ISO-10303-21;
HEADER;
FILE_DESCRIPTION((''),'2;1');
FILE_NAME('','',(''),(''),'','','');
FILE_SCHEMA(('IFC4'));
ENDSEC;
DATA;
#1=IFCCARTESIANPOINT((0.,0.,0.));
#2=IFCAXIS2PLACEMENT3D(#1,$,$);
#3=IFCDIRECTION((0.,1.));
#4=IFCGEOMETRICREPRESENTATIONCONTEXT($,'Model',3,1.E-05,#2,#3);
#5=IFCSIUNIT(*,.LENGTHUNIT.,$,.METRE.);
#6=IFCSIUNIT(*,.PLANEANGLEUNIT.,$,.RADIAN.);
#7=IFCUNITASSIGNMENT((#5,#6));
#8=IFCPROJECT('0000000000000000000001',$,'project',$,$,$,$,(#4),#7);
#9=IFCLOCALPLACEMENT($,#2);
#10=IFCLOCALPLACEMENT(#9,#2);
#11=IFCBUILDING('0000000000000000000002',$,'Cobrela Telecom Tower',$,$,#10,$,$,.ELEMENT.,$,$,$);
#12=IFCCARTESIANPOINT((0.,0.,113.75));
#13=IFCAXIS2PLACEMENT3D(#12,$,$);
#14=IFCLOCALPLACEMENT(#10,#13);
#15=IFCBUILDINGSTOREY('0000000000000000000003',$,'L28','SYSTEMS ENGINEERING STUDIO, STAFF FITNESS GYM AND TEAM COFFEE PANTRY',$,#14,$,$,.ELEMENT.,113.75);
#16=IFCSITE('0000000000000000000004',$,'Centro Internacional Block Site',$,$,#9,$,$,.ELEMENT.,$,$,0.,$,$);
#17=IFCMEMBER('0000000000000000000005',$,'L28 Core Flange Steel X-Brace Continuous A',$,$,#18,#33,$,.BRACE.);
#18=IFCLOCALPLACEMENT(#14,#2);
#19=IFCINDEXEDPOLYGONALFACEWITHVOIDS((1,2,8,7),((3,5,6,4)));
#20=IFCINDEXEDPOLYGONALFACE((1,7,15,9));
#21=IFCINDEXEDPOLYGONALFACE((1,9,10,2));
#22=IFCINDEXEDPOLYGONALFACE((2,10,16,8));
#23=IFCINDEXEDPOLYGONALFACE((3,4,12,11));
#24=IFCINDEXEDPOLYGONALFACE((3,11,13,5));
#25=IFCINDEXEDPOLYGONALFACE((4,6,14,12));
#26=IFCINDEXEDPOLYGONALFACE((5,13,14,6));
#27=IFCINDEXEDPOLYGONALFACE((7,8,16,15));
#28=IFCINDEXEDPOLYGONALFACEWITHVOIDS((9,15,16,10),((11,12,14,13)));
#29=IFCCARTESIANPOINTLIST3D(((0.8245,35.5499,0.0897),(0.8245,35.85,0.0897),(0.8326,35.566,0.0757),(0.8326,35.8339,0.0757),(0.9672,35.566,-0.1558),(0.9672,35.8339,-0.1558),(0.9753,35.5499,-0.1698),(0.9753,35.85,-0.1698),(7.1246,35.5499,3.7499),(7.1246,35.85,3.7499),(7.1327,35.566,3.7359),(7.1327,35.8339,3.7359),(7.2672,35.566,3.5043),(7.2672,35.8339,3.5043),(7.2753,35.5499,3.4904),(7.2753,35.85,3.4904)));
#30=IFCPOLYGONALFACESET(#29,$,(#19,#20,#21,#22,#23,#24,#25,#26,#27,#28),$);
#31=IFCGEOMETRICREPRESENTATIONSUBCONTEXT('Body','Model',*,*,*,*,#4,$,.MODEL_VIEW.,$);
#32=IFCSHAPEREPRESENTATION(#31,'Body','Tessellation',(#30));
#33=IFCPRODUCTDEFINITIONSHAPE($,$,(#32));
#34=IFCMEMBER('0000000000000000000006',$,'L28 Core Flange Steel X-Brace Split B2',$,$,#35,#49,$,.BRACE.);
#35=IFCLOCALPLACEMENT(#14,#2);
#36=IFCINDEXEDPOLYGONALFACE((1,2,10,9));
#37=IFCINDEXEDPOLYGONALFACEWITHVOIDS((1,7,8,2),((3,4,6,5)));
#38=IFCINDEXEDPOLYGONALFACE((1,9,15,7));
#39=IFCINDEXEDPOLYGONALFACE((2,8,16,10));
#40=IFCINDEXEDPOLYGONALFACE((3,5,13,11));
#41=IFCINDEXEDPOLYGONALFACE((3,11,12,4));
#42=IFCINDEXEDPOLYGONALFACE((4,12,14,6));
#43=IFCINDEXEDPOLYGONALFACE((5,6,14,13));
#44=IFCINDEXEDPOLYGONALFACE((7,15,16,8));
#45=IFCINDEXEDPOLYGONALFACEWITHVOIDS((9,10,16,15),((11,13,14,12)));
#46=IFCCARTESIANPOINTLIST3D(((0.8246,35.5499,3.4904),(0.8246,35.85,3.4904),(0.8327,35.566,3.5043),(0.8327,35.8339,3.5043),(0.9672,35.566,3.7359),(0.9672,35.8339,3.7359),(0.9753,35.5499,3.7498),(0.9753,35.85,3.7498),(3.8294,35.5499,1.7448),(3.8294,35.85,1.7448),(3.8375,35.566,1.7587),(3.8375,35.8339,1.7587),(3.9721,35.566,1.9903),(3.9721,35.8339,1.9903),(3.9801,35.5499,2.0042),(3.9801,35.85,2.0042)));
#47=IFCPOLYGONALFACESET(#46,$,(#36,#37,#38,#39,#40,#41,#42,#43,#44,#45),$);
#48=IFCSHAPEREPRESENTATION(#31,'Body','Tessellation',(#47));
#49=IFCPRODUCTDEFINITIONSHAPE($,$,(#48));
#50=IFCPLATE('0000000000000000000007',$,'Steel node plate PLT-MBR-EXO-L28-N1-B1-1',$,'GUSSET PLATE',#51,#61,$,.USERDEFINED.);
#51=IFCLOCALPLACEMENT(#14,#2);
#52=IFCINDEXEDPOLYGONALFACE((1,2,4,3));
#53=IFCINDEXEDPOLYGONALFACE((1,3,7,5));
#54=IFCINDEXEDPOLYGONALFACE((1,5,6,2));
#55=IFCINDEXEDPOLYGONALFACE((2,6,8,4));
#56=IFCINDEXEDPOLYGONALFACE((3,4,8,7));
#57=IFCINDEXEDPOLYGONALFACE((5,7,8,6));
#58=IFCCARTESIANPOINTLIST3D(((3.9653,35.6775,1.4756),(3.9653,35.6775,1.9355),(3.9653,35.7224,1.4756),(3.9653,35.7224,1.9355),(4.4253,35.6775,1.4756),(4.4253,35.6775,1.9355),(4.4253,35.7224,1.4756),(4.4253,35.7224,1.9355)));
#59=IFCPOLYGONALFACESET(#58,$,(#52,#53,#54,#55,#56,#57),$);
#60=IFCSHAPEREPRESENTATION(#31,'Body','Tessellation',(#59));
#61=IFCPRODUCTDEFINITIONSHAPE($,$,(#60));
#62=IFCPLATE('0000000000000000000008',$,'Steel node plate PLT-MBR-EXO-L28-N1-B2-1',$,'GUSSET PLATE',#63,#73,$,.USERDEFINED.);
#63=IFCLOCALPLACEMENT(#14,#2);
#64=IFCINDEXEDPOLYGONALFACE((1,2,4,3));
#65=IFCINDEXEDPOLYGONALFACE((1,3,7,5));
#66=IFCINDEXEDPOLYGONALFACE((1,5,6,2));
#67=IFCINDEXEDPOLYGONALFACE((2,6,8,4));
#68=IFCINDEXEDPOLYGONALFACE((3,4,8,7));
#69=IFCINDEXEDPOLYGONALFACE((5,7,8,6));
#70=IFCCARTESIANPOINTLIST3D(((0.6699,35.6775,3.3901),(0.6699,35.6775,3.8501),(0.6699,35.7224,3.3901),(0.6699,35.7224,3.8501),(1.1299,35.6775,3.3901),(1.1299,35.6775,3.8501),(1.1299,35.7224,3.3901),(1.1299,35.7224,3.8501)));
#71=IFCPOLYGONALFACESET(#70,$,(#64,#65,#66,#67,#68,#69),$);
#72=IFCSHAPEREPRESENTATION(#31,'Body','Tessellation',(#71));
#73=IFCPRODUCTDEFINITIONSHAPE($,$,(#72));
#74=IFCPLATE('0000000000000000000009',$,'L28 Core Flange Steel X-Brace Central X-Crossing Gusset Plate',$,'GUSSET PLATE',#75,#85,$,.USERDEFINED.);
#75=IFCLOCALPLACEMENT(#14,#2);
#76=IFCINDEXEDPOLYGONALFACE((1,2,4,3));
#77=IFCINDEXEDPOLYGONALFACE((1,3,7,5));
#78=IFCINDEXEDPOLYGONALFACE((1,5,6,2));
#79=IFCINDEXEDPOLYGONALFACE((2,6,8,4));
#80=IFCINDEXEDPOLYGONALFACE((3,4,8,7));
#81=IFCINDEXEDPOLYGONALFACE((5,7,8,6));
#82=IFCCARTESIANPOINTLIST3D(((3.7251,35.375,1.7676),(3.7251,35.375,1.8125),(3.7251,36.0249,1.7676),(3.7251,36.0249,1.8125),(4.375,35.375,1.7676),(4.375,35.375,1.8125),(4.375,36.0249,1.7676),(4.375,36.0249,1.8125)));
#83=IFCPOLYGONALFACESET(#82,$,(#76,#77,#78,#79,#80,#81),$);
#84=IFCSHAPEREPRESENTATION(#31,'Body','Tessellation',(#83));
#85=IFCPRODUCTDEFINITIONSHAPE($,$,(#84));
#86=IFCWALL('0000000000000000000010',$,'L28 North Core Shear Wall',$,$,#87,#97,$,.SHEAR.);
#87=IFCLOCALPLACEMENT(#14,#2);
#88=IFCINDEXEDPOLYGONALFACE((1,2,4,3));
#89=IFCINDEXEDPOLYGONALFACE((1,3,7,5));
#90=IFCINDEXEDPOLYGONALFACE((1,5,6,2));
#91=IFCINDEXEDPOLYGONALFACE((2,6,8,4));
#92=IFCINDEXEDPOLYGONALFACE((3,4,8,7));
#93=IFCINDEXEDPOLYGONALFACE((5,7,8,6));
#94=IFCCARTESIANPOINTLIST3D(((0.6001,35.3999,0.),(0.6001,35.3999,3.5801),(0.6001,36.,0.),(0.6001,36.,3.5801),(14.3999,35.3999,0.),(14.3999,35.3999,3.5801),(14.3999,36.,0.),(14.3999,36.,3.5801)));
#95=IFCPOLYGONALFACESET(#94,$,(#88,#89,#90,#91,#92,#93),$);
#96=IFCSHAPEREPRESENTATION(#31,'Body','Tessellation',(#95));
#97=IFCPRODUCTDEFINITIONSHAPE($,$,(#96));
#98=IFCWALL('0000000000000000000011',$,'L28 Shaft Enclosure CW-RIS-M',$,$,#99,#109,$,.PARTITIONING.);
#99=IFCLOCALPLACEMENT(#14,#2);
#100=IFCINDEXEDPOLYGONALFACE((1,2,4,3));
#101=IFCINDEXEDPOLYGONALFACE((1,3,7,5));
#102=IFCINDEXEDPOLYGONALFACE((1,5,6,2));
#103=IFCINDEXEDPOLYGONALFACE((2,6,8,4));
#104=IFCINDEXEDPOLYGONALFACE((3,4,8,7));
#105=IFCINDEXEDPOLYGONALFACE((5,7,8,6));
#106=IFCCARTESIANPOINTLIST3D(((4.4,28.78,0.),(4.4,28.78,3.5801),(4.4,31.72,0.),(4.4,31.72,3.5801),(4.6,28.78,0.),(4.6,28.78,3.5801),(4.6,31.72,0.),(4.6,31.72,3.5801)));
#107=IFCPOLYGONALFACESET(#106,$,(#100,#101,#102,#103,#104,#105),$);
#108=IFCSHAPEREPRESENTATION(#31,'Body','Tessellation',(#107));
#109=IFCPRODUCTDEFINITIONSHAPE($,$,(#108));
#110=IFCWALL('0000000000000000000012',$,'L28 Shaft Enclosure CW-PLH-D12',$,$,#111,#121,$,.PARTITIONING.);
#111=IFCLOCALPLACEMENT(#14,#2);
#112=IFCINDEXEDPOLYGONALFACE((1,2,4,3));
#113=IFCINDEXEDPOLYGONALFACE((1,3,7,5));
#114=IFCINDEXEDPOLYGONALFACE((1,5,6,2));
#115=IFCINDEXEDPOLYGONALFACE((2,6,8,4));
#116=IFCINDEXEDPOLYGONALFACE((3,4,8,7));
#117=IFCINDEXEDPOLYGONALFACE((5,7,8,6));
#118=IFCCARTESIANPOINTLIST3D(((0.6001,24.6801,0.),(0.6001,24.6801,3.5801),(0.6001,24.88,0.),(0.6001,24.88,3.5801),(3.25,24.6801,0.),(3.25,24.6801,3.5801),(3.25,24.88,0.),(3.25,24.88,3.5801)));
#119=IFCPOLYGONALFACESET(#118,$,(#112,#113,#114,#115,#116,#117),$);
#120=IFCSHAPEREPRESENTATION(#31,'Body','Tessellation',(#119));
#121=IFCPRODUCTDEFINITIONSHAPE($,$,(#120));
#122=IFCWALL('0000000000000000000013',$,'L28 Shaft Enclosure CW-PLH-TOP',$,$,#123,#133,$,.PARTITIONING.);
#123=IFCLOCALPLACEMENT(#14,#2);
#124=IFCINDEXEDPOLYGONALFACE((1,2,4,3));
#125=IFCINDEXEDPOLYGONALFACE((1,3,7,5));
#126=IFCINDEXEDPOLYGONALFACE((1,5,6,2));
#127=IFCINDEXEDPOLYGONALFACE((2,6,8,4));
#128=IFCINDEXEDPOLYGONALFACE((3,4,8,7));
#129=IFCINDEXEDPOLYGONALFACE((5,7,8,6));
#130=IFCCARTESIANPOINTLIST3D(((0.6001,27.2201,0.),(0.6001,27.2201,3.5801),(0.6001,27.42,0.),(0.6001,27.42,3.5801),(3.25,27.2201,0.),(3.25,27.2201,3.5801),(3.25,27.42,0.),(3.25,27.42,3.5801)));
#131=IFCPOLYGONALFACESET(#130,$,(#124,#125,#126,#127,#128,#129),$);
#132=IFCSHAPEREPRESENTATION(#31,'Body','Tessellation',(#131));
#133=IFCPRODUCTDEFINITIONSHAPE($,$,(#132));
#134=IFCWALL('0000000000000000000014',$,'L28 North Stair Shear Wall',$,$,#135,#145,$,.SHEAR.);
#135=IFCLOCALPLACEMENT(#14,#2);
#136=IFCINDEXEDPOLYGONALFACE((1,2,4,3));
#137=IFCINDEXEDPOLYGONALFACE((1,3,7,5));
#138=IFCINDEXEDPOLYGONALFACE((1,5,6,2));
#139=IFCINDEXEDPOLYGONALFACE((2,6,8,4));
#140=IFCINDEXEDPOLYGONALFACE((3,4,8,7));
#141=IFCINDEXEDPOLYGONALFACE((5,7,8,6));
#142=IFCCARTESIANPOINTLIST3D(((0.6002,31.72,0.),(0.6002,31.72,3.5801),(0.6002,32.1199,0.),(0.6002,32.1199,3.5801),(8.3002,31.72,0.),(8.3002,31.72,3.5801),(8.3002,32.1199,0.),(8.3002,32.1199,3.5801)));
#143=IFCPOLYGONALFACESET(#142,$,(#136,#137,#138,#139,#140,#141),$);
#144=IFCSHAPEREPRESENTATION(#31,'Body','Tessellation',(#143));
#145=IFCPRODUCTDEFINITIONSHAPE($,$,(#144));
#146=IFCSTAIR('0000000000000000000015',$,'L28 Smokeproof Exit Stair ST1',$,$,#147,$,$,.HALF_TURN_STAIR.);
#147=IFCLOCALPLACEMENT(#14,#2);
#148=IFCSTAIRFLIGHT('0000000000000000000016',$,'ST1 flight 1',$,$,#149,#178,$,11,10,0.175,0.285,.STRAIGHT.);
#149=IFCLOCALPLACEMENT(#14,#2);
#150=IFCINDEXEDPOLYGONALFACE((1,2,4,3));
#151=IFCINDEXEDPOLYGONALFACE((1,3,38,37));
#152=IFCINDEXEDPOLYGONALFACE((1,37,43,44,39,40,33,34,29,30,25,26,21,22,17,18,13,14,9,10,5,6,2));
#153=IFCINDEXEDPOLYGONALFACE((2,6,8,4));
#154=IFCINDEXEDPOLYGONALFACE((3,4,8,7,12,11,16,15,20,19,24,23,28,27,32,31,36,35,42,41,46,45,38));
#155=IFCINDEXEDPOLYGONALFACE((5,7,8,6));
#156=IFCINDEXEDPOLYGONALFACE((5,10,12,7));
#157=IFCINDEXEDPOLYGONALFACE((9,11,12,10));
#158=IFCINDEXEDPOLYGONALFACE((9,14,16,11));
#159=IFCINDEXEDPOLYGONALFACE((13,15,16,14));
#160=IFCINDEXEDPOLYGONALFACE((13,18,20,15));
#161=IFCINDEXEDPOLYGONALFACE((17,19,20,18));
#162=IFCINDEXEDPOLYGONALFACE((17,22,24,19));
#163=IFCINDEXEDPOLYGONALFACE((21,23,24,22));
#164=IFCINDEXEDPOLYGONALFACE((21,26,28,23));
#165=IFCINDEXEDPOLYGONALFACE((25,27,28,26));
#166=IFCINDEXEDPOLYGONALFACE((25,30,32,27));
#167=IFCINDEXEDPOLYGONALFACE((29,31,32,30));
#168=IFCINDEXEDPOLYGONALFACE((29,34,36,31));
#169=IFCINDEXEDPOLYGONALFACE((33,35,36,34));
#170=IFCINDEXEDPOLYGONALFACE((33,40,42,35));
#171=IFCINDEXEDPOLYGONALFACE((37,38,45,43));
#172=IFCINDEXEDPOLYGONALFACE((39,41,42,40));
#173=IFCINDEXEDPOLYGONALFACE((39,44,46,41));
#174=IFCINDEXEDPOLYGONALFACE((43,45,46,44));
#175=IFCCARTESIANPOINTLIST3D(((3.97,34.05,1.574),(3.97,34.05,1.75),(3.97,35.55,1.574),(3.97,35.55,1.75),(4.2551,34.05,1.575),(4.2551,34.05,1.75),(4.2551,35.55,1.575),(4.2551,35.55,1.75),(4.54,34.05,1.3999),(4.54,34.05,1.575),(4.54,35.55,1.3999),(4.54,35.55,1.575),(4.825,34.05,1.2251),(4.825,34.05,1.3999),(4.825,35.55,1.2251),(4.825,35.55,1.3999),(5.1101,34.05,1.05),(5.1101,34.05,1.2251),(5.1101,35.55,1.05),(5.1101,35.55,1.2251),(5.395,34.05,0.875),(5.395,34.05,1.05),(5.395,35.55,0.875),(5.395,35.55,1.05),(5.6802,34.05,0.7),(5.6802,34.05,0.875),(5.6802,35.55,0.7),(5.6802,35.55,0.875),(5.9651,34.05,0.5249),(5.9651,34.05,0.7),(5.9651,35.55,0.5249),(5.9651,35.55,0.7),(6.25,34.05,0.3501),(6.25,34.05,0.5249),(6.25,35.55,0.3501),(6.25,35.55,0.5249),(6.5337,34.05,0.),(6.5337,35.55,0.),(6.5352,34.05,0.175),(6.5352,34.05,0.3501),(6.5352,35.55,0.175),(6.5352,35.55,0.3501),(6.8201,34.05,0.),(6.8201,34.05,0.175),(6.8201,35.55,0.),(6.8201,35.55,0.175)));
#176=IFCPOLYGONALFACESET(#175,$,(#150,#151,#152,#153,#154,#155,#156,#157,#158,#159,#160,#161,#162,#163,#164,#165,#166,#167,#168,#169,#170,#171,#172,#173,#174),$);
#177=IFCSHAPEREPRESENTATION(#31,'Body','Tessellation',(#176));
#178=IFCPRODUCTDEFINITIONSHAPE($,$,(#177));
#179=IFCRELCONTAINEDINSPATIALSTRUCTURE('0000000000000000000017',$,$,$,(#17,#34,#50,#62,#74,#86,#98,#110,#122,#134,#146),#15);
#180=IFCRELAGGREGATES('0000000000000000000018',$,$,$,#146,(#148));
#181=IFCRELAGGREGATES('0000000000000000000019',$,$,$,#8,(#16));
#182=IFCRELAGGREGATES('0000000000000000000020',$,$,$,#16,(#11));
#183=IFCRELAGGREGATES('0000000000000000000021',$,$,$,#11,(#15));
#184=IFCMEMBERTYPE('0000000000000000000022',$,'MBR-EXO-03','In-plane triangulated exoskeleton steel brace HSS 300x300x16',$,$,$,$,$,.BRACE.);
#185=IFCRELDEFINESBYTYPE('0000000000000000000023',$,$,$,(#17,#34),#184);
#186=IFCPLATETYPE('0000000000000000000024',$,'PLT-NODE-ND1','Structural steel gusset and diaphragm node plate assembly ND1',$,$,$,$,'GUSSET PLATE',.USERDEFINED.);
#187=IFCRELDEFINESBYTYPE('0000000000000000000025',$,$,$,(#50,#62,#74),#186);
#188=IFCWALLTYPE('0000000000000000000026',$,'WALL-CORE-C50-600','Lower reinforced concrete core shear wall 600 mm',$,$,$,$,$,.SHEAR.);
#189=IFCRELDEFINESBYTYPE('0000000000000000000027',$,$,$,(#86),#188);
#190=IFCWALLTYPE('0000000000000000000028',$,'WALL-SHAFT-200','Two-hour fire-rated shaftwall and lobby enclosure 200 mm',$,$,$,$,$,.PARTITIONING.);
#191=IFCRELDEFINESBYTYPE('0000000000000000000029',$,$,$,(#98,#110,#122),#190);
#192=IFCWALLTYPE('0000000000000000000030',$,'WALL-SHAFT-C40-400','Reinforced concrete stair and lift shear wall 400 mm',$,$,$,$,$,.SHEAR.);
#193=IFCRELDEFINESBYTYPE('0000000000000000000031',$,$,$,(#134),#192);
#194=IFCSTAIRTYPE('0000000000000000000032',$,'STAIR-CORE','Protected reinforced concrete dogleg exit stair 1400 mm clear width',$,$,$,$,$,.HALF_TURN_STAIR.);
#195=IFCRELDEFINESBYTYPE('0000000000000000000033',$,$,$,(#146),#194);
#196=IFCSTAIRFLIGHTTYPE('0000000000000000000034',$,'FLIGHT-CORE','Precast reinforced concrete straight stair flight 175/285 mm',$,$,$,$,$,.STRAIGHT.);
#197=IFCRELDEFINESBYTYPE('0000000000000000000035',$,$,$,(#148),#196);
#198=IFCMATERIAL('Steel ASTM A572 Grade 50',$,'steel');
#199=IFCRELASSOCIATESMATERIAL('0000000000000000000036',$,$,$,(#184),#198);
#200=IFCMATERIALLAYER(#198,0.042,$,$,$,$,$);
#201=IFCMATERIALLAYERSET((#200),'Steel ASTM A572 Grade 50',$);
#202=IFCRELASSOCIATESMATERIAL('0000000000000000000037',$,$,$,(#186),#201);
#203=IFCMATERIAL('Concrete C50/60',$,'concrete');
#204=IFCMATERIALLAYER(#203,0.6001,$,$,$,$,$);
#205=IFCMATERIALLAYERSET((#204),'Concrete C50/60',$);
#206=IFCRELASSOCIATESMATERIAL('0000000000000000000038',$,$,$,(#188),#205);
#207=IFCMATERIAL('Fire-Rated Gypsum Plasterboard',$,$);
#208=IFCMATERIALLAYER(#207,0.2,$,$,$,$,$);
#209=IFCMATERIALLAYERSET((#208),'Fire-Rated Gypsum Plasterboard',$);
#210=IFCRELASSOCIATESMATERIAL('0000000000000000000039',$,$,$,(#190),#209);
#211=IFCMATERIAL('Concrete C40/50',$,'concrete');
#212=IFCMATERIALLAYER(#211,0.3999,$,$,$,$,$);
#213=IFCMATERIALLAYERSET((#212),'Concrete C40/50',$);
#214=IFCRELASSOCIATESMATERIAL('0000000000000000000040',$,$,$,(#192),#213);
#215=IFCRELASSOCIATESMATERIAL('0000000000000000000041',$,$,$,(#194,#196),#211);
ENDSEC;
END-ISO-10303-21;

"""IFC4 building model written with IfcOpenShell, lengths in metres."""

from ifc_helpers import new_model, si_unit, direction, frame, frame_2d, origin, origin_2d, place, context, subcontext, project, spatial, polyline, rectangle, hollow_rectangle, outline, extrude, material, layer, layer_set, material_profile, profile_set, type_object, element, aggregate, save


model = new_model("IFC4")

# Units and contexts
model_context = context("Model", 3, precision=1e-05, world=origin(), true_north=direction((0.0, 1.0)))
body_context = subcontext(model_context, "Body", "Model", "MODEL_VIEW")
ifc_project = project(units=[si_unit("LENGTHUNIT", "METRE"), si_unit("PLANEANGLEUNIT", "RADIAN")], contexts=[model_context])

# Site, building, storey
site_placement = place(None, origin())
site = spatial("IfcSite", under=ifc_project, at=site_placement, Name="Centro Internacional Block Site", CompositionType="ELEMENT", RefElevation=0.0)
building_placement = place(site_placement, origin())
building = spatial("IfcBuilding", under=site, at=building_placement, Name="Cobrela Telecom Tower", CompositionType="ELEMENT")
storey_placement = place(building_placement, frame((0.0, 0.0, 113.75)))
storey = spatial("IfcBuildingStorey", under=building, at=storey_placement, Name="L28", Description="SYSTEMS ENGINEERING STUDIO, STAFF FITNESS GYM AND TEAM COFFEE PANTRY", CompositionType="ELEMENT", Elevation=113.75)

# Members
ifc_material_1 = material(Name="Steel ASTM A572 Grade 50", Category="steel")
ifc_material_profile = material_profile(ifc_material_1, hollow_rectangle(XDim=0.3, YDim=0.3, WallThickness=0.0161, at=origin_2d()), Name="HSS 300x300x16")
ifc_profile_set = profile_set([ifc_material_profile], Name="Steel ASTM A572 Grade 50")
member_type = type_object("IfcMemberType", Name="MBR-EXO-03", Description="In-plane triangulated exoskeleton steel brace HSS 300x300x16", PredefinedType="BRACE", material=ifc_profile_set)
member_1_placement = place(storey_placement, frame((0.8999, 35.7, -0.04), z_axis=(0.864666, 0.0, 0.502347), x_axis=(0.0, 1.0, 0.0)))
element("IfcMember", 1, at=member_1_placement, inside=storey, type_object=member_type, Name="L28 Core Flange Steel X-Brace Continuous A", PredefinedType="BRACE", context=body_context, shape_type="SweptSolid", body=[
    extrude(hollow_rectangle(XDim=0.3, YDim=0.3, WallThickness=0.0161, at=origin_2d()), origin(), (0.0, 0.0, 1.0), 7.2861),
])
member_2_placement = place(storey_placement, frame((3.9048, 35.7, 1.8745), z_axis=(-0.864685, 0.0, 0.502315), x_axis=(0.0, -1.0, 0.0)))
element("IfcMember", 2, at=member_2_placement, inside=storey, type_object=member_type, Name="L28 Core Flange Steel X-Brace Split B2", PredefinedType="BRACE", context=body_context, shape_type="SweptSolid", body=[
    extrude(hollow_rectangle(XDim=0.3, YDim=0.3, WallThickness=0.0161, at=origin_2d()), origin(), (0.0, 0.0, 1.0), 3.4751),
])

# Plates
ifc_layer_1 = layer(ifc_material_1, 0.042)
ifc_layer_set_1 = layer_set([ifc_layer_1], Name="Steel ASTM A572 Grade 50")
plate_type = type_object("IfcPlateType", Name="PLT-NODE-ND1", Description="Structural steel gusset and diaphragm node plate assembly ND1", ElementType="GUSSET PLATE", PredefinedType="USERDEFINED", material=ifc_layer_set_1)
for number, where, z_axis, x_axis, name in (
    (3, (4.1953, 35.7, 1.4756), (0.0, 0.0, 1.0), (-1.0, 0.0, 0.0), "Steel node plate PLT-MBR-EXO-L28-N1-B1-1"),
    (4, (0.8999, 35.7, 3.3901), (0.0, 0.0, 1.0), (-1.0, 0.0, 0.0), "Steel node plate PLT-MBR-EXO-L28-N1-B2-1"),
):
    element("IfcPlate", number, at=place(storey_placement, frame(where, z_axis=z_axis, x_axis=x_axis)), inside=storey, type_object=plate_type, Name=name, ObjectType="GUSSET PLATE", PredefinedType="USERDEFINED", context=body_context, shape_type="SweptSolid", body=[
        extrude(rectangle(XDim=0.46, YDim=0.0449, at=origin_2d()), origin(), (0.0, 0.0, 1.0), 0.46),
    ])
plate_placement = place(storey_placement, frame((4.05, 35.7, 1.7676), z_axis=(0.0, 0.0, 1.0), x_axis=(1.0, 0.0, 0.0)))
element("IfcPlate", 5, at=plate_placement, inside=storey, type_object=plate_type, Name="L28 Core Flange Steel X-Brace Central X-Crossing Gusset Plate", ObjectType="GUSSET PLATE", PredefinedType="USERDEFINED", context=body_context, shape_type="SweptSolid", body=[
    extrude(rectangle(XDim=0.6499, YDim=0.6499, at=origin_2d()), origin(), (0.0, 0.0, 1.0), 0.0449),
])

# Wall
ifc_material_2 = material(Name="Concrete C50/60", Category="concrete")
ifc_layer_2 = layer(ifc_material_2, 0.6001)
ifc_layer_set_2 = layer_set([ifc_layer_2], Name="Concrete C50/60")
wall_type_1 = type_object("IfcWallType", Name="WALL-CORE-C50-600", Description="Lower reinforced concrete core shear wall 600 mm", PredefinedType="SHEAR", material=ifc_layer_set_2)
wall_1_placement = place(storey_placement, frame((0.6001, 35.7, 0.0), z_axis=(0.0, 0.0, 1.0), x_axis=(1.0, 0.0, 0.0)))
element("IfcWall", 6, at=wall_1_placement, inside=storey, type_object=wall_type_1, Name="L28 North Core Shear Wall", PredefinedType="SHEAR", context=body_context, shape_type="SweptSolid", body=[
    extrude(rectangle(XDim=13.7998, YDim=0.6001, at=frame_2d((6.8999, 0.0))), origin(), (0.0, 0.0, 1.0), 3.5801),
])

# Shared definitions
ifc_material_3 = material(Name="Fire-Rated Gypsum Plasterboard")
ifc_layer_3 = layer(ifc_material_3, 0.2)
ifc_layer_set_3 = layer_set([ifc_layer_3], Name="Fire-Rated Gypsum Plasterboard")
wall_type_2 = type_object("IfcWallType", Name="WALL-SHAFT-200", Description="Two-hour fire-rated shaftwall and lobby enclosure 200 mm", PredefinedType="PARTITIONING", material=ifc_layer_set_3)

# Walls
wall_2_placement = place(storey_placement, frame((4.5, 28.78, 0.0), z_axis=(0.0, 0.0, 1.0), x_axis=(0.0, 1.0, 0.0)))
element("IfcWall", 7, at=wall_2_placement, inside=storey, type_object=wall_type_2, Name="L28 Shaft Enclosure CW-RIS-M", PredefinedType="PARTITIONING", context=body_context, shape_type="SweptSolid", body=[
    extrude(rectangle(XDim=2.9399, YDim=0.2, at=frame_2d((1.47, 0.0))), origin(), (0.0, 0.0, 1.0), 3.5801),
])
for number, where, z_axis, x_axis, name in (
    (8, (0.6001, 24.78, 0.0), (0.0, 0.0, 1.0), (1.0, 0.0, 0.0), "L28 Shaft Enclosure CW-PLH-D12"),
    (9, (0.6001, 27.3201, 0.0), (0.0, 0.0, 1.0), (1.0, 0.0, 0.0), "L28 Shaft Enclosure CW-PLH-TOP"),
):
    element("IfcWall", number, at=place(storey_placement, frame(where, z_axis=z_axis, x_axis=x_axis)), inside=storey, type_object=wall_type_2, Name=name, PredefinedType="PARTITIONING", context=body_context, shape_type="SweptSolid", body=[
        extrude(rectangle(XDim=2.6499, YDim=0.2, at=frame_2d((1.325, 0.0))), origin(), (0.0, 0.0, 1.0), 3.5801),
    ])
ifc_material_4 = material(Name="Concrete C40/50", Category="concrete")
ifc_layer_4 = layer(ifc_material_4, 0.3999)
ifc_layer_set_4 = layer_set([ifc_layer_4], Name="Concrete C40/50")
wall_type_3 = type_object("IfcWallType", Name="WALL-SHAFT-C40-400", Description="Reinforced concrete stair and lift shear wall 400 mm", PredefinedType="SHEAR", material=ifc_layer_set_4)
wall_3_placement = place(storey_placement, frame((0.6001, 31.9199, 0.0), z_axis=(0.0, 0.0, 1.0), x_axis=(1.0, 0.0, 0.0)))
element("IfcWall", 10, at=wall_3_placement, inside=storey, type_object=wall_type_3, Name="L28 North Stair Shear Wall", PredefinedType="SHEAR", context=body_context, shape_type="SweptSolid", body=[
    extrude(rectangle(XDim=7.7, YDim=0.3999, at=frame_2d((3.8501, 0.0))), origin(), (0.0, 0.0, 1.0), 3.5801),
])

# Stair, stair flight
stair_type = type_object("IfcStairType", Name="STAIR-CORE", Description="Protected reinforced concrete dogleg exit stair 1400 mm clear width", PredefinedType="HALF_TURN_STAIR", material=ifc_material_4)
stair_placement = place(storey_placement, origin())
stair = element("IfcStair", 11, at=stair_placement, inside=storey, type_object=stair_type, Name="L28 Smokeproof Exit Stair ST1", PredefinedType="HALF_TURN_STAIR")
stair_flight_type = type_object("IfcStairFlightType", Name="FLIGHT-CORE", Description="Precast reinforced concrete straight stair flight 175/285 mm", PredefinedType="STRAIGHT", material=ifc_material_4)
stair_flight_1_placement = place(storey_placement, frame((6.8201, 34.8, 0.0), z_axis=(0.0, 0.0, 1.0), x_axis=(-1.0, 0.0, 0.0)))
stair_flight_1 = element("IfcStairFlight", 12, at=stair_flight_1_placement, type_object=stair_flight_type, Name="ST1 flight 1", NumberOfRisers=11, NumberOfTreads=10, PredefinedType="STRAIGHT", RiserHeight=0.175, TreadLength=0.285, context=body_context, shape_type="SweptSolid", body=[
    extrude(outline(polyline([(0.0, 0.0), (0.0, 0.175), (0.2849, 0.175), (0.2849, 0.3501), (0.5701, 0.3501), (0.5701, 0.5249), (0.855, 0.5249), (0.855, 0.7), (1.1399, 0.7), (1.1399, 0.875), (1.425, 0.875), (1.425, 1.05), (1.71, 1.05), (1.71, 1.2251), (1.9951, 1.2251), (1.9951, 1.3999), (2.28, 1.3999), (2.28, 1.575), (2.5649, 1.575), (2.5649, 1.75), (2.8501, 1.75), (2.8501, 1.925), (2.8501, 1.574), (0.2864, 0.0), (0.0, 0.0)])), frame((0.0, 0.75, 0.0), z_axis=(0.0, -1.0, 0.0), x_axis=(1.0, 0.0, 0.0)), (0.0, 0.0, 1.0), 1.5),
])
aggregate(stair, [stair_flight_1])

save(model, "model.ifc")
